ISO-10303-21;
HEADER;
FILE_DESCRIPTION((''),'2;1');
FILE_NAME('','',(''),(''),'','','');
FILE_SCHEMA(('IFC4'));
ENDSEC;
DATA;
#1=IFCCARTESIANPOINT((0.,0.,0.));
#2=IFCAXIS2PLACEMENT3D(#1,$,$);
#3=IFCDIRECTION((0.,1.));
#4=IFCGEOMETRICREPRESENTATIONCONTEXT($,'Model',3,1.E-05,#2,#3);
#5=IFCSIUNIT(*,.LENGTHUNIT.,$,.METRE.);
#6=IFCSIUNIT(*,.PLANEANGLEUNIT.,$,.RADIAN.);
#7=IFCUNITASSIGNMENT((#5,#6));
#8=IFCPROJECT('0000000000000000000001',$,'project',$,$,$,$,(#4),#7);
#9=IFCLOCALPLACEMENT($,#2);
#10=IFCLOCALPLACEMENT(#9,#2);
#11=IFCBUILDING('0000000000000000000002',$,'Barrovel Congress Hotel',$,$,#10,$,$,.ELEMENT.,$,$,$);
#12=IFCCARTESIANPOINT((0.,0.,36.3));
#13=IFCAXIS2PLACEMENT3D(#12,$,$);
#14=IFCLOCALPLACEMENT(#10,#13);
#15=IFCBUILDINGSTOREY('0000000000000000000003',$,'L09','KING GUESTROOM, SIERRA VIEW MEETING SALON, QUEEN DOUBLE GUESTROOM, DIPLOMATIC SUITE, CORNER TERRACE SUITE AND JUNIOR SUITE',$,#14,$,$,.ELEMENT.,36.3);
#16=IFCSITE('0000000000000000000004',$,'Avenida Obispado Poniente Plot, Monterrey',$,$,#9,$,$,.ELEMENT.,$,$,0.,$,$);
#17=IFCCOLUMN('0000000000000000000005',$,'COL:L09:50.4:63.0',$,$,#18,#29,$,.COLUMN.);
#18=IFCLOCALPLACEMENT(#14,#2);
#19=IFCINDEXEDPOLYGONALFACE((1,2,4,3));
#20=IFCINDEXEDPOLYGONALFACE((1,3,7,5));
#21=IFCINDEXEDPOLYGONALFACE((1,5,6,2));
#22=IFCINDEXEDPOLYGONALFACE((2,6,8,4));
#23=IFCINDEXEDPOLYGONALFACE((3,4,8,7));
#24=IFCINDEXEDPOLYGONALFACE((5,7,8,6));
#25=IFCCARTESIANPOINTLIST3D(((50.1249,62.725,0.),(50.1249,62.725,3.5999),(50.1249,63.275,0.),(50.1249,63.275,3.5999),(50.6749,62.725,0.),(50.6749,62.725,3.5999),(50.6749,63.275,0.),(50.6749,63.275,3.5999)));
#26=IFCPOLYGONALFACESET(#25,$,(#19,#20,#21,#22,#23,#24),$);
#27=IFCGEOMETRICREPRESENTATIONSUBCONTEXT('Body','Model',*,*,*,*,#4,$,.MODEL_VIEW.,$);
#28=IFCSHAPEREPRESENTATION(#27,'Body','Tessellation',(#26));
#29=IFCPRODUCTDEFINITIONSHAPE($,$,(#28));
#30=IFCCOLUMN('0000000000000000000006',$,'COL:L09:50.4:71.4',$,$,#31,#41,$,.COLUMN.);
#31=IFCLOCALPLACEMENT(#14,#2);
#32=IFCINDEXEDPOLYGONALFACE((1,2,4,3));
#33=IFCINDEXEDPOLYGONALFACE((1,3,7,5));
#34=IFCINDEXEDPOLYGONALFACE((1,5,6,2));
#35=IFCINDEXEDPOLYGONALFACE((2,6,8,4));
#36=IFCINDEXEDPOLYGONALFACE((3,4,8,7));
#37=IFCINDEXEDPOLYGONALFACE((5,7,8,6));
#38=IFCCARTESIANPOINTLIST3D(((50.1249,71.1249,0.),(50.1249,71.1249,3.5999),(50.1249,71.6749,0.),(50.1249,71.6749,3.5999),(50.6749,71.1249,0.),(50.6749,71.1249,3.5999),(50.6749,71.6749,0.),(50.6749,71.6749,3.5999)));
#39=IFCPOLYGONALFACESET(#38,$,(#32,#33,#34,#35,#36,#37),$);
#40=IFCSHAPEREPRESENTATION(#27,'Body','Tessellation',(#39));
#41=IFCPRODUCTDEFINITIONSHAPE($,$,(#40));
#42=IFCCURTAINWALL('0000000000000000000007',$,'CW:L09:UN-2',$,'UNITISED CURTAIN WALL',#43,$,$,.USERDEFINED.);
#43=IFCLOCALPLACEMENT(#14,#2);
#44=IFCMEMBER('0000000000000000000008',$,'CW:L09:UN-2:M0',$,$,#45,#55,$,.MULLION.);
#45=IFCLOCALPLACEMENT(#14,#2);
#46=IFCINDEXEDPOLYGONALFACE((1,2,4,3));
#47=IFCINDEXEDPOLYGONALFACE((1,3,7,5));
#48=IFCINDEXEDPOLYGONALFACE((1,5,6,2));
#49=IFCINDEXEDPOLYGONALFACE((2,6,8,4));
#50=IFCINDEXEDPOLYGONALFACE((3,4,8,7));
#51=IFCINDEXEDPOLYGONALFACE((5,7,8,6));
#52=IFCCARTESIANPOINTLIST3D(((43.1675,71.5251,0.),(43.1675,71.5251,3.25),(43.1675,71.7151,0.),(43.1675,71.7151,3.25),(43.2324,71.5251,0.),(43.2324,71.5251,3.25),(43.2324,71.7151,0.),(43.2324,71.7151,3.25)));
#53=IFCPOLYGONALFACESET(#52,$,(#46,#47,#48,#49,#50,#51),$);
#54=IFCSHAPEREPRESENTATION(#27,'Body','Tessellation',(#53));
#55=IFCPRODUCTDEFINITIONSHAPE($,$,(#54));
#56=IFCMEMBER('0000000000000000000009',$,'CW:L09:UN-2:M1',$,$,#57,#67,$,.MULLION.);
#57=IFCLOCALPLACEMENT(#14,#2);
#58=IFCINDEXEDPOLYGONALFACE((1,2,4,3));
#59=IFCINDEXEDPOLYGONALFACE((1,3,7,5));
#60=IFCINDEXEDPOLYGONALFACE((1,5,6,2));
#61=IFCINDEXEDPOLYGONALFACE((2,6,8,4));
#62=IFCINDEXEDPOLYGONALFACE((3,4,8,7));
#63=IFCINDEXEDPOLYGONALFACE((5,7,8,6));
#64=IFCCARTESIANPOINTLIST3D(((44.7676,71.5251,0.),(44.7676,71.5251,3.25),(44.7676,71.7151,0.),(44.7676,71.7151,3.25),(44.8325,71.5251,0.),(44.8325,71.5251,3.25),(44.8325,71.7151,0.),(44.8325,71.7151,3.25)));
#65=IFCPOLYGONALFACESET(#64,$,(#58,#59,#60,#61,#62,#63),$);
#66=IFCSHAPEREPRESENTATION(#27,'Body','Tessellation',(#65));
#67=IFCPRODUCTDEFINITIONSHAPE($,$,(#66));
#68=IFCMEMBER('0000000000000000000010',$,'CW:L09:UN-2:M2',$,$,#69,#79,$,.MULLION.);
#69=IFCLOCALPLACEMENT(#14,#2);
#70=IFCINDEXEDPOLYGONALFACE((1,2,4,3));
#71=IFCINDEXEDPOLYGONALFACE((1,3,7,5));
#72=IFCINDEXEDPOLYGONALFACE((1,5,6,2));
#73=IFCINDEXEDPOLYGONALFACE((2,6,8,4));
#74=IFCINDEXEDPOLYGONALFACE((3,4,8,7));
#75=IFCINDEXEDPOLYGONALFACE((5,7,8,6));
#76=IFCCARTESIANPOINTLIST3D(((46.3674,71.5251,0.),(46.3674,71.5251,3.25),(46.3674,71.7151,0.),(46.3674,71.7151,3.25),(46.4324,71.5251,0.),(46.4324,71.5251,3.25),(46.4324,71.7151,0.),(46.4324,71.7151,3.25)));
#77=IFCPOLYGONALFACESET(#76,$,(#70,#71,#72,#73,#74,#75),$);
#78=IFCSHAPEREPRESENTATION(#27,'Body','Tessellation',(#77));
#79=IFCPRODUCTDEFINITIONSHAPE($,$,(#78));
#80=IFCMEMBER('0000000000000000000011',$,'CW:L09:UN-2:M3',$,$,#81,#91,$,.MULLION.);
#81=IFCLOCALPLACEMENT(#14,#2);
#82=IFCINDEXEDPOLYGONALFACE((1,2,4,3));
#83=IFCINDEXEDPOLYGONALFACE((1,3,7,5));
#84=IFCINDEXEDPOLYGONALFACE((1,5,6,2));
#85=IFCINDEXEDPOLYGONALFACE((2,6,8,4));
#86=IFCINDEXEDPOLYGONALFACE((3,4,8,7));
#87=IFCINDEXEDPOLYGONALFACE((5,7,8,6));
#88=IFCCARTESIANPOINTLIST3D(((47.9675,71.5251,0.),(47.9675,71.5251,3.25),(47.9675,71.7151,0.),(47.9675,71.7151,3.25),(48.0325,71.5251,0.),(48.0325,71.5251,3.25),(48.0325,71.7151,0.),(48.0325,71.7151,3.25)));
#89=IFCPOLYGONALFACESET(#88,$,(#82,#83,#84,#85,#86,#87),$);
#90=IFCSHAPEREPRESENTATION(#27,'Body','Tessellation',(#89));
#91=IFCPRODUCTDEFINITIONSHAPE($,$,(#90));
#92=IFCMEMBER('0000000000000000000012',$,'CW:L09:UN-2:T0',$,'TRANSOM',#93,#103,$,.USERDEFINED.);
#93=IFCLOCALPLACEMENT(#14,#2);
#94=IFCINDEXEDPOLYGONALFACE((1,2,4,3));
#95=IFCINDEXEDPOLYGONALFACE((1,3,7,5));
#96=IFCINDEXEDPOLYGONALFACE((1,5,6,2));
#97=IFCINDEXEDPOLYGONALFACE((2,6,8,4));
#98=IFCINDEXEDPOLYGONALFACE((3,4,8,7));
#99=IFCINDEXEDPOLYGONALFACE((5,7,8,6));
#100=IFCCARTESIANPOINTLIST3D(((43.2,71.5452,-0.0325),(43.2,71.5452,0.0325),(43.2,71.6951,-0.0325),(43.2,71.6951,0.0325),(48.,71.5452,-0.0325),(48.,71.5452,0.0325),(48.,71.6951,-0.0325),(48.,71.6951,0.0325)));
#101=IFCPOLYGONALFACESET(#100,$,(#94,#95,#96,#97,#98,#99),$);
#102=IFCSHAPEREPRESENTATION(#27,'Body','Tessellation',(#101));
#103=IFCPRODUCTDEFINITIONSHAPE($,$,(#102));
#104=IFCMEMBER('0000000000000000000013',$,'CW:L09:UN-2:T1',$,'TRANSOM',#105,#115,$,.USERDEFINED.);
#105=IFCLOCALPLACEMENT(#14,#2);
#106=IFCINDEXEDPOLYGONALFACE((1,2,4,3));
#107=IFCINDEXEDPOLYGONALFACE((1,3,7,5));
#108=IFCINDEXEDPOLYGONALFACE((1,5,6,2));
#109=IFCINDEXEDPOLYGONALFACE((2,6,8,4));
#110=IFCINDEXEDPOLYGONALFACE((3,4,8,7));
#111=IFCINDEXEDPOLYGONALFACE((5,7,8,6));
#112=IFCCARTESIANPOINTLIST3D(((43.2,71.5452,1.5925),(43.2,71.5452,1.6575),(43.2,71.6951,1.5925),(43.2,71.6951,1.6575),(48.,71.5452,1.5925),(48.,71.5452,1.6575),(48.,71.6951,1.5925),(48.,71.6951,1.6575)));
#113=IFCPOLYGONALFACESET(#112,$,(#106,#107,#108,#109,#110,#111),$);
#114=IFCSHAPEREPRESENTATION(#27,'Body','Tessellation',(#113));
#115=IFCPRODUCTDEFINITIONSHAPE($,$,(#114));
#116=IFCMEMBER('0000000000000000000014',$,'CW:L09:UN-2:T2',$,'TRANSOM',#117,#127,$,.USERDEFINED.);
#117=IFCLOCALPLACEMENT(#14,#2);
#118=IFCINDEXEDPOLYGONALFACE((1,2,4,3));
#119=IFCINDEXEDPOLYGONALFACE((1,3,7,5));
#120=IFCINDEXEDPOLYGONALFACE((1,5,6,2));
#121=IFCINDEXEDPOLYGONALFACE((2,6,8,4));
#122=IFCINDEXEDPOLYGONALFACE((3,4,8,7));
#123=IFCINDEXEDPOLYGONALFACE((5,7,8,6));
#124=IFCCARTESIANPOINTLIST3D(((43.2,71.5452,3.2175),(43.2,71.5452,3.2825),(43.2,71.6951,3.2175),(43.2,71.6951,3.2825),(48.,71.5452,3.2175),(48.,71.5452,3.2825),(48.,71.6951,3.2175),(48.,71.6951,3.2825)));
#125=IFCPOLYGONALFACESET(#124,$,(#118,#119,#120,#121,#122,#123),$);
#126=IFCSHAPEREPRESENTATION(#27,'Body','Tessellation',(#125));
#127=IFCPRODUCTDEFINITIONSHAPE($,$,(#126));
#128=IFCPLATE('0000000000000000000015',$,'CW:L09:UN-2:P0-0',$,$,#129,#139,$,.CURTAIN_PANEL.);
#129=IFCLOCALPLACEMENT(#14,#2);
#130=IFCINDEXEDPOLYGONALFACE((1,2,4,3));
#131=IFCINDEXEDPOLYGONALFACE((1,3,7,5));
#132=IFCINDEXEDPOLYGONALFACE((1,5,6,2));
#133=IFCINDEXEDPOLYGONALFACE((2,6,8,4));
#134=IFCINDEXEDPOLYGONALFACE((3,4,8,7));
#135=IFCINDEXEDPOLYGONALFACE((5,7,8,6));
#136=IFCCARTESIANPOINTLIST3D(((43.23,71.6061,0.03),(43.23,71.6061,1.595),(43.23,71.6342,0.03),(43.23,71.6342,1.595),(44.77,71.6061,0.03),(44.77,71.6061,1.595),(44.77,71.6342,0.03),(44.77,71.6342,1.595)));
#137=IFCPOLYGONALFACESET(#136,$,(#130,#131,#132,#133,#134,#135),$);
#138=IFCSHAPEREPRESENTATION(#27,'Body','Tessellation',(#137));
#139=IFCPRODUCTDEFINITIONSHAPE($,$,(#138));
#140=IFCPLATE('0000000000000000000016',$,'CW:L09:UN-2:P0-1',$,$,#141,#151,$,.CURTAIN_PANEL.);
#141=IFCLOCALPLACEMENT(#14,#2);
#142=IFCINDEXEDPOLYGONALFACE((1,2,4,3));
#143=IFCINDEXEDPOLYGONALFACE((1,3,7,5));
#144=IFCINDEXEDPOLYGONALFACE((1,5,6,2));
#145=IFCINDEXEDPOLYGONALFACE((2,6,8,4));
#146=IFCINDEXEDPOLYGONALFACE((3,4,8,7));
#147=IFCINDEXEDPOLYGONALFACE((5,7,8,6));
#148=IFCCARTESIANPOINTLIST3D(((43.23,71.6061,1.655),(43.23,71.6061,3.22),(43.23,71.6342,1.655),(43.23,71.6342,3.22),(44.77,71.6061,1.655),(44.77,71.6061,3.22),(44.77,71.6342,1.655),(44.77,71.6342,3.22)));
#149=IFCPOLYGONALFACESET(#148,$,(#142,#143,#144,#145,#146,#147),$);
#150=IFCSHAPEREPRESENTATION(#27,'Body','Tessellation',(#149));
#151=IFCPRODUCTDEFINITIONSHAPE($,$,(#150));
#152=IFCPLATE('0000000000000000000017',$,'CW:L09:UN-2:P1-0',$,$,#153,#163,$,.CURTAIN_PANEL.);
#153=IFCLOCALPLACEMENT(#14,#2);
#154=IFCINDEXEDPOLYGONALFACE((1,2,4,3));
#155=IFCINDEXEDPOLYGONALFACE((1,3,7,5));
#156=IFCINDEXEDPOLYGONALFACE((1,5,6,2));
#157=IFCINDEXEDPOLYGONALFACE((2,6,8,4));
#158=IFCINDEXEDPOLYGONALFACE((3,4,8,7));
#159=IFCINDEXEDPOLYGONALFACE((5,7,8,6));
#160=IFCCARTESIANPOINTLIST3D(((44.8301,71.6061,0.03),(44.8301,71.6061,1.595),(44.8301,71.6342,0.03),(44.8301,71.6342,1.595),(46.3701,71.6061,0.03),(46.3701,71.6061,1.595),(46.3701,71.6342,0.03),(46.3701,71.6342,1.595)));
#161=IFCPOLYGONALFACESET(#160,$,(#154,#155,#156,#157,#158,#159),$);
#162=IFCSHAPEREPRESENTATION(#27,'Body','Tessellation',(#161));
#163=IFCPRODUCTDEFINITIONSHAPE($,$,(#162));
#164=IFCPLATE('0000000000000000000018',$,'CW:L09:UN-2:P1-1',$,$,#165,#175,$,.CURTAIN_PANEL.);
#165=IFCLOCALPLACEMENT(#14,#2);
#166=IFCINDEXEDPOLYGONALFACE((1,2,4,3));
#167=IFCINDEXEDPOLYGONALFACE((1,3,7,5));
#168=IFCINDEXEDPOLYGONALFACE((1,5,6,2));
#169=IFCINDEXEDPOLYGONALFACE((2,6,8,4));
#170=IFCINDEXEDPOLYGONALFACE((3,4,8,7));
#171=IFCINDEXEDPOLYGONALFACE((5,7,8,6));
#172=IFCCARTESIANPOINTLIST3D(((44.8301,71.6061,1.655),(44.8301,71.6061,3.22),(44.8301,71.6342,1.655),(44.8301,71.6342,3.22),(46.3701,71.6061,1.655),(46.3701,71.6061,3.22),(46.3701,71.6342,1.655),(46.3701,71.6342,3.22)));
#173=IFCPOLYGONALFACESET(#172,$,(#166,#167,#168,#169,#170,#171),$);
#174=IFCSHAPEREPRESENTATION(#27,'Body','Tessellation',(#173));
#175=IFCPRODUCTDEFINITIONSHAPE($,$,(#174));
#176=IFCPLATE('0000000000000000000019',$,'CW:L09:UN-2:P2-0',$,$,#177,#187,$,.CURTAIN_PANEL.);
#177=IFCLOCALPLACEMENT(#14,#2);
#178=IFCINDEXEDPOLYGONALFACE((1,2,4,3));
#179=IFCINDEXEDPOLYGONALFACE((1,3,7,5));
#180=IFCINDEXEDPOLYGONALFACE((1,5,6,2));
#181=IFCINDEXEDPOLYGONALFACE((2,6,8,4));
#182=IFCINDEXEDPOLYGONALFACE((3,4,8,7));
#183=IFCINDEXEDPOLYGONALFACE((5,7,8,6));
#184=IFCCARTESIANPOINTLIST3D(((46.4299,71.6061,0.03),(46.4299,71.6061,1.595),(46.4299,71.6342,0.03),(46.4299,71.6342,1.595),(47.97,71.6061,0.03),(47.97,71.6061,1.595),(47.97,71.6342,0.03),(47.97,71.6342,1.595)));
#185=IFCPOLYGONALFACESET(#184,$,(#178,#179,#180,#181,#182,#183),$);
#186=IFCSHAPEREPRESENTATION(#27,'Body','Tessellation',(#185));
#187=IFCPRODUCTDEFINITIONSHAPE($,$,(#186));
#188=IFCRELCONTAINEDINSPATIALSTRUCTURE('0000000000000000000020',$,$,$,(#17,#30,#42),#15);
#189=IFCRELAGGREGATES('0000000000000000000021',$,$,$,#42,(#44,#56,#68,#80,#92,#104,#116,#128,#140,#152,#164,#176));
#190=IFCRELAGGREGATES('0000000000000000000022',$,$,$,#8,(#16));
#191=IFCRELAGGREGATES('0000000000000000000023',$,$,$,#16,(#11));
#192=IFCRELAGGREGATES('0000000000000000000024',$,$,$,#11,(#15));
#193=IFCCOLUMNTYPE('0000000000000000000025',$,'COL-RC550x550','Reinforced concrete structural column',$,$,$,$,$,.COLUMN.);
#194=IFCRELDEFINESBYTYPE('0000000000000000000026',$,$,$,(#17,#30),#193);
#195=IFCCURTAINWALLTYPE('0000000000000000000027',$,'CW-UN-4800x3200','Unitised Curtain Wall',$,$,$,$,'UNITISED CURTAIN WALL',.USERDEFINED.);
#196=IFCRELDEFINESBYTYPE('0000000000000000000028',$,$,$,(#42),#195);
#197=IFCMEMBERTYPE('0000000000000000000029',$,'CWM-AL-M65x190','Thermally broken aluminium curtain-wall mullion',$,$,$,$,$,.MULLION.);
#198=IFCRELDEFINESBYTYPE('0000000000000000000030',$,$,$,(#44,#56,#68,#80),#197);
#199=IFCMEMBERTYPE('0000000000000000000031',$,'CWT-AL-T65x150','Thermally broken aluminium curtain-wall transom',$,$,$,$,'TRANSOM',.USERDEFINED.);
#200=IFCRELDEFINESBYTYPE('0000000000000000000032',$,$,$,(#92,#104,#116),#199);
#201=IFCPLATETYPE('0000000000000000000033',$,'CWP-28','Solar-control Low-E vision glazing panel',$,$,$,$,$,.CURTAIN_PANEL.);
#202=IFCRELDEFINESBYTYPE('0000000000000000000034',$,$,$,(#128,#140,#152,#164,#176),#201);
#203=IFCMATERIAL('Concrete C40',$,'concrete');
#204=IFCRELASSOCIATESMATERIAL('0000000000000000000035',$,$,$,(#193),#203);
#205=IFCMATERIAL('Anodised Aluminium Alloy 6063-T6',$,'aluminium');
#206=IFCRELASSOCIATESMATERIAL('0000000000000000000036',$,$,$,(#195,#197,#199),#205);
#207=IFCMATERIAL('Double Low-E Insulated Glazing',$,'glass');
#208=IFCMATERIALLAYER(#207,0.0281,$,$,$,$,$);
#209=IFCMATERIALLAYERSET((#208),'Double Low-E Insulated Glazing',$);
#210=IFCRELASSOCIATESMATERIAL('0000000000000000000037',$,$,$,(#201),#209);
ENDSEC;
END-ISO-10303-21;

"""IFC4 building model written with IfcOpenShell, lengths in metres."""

from ifc_helpers import new_model, si_unit, direction, frame, origin, origin_2d, place, context, subcontext, project, spatial, rectangle, extrude, material, layer, layer_set, material_profile, profile_set, type_object, element, aggregate, save


model = new_model("IFC4")

# Units and contexts
model_context = context("Model", 3, precision=1e-05, world=origin(), true_north=direction((0.0, 1.0)))
body_context = subcontext(model_context, "Body", "Model", "MODEL_VIEW")
ifc_project = project(units=[si_unit("LENGTHUNIT", "METRE"), si_unit("PLANEANGLEUNIT", "RADIAN")], contexts=[model_context])

# Site, building, storey
site_placement = place(None, origin())
site = spatial("IfcSite", under=ifc_project, at=site_placement, Name="Avenida Obispado Poniente Plot, Monterrey", CompositionType="ELEMENT", RefElevation=0.0)
building_placement = place(site_placement, origin())
building = spatial("IfcBuilding", under=site, at=building_placement, Name="Barrovel Congress Hotel", CompositionType="ELEMENT")
storey_placement = place(building_placement, frame((0.0, 0.0, 36.3)))
storey = spatial("IfcBuildingStorey", under=building, at=storey_placement, Name="L09", Description="KING GUESTROOM, SIERRA VIEW MEETING SALON, QUEEN DOUBLE GUESTROOM, DIPLOMATIC SUITE, CORNER TERRACE SUITE AND JUNIOR SUITE", CompositionType="ELEMENT", Elevation=36.3)

# Columns
ifc_material_1 = material(Name="Concrete C40", Category="concrete")
ifc_material_profile_1 = material_profile(ifc_material_1, rectangle(XDim=0.55, YDim=0.55, at=origin_2d()), Name="RC550x550")
ifc_profile_set_1 = profile_set([ifc_material_profile_1], Name="Concrete C40")
column_type = type_object("IfcColumnType", Name="COL-RC550x550", Description="Reinforced concrete structural column", PredefinedType="COLUMN", material=ifc_profile_set_1)
for number, where, z_axis, x_axis, name in (
    (1, (50.3999, 63.0, 0.0), (0.0, 0.0, 1.0), (1.0, 0.0, 0.0), "COL:L09:50.4:63.0"),
    (2, (50.3999, 71.3999, 0.0), (0.0, 0.0, 1.0), (1.0, 0.0, 0.0), "COL:L09:50.4:71.4"),
):
    element("IfcColumn", number, at=place(storey_placement, frame(where, z_axis=z_axis, x_axis=x_axis)), inside=storey, type_object=column_type, Name=name, PredefinedType="COLUMN", context=body_context, shape_type="SweptSolid", body=[
        extrude(rectangle(XDim=0.55, YDim=0.55, at=origin_2d()), origin(), (0.0, 0.0, 1.0), 3.5999),
    ])

# Curtain wall, members, plates
ifc_material_2 = material(Name="Anodised Aluminium Alloy 6063-T6", Category="aluminium")
curtain_wall_type = type_object("IfcCurtainWallType", Name="CW-UN-4800x3200", Description="Unitised Curtain Wall", ElementType="UNITISED CURTAIN WALL", PredefinedType="USERDEFINED", material=ifc_material_2)
curtain_wall_placement = place(storey_placement, origin())
curtain_wall = element("IfcCurtainWall", 3, at=curtain_wall_placement, inside=storey, type_object=curtain_wall_type, Name="CW:L09:UN-2", ObjectType="UNITISED CURTAIN WALL", PredefinedType="USERDEFINED")
ifc_material_profile_2 = material_profile(ifc_material_2, rectangle(XDim=0.0649, YDim=0.1899, at=origin_2d()), Name="AL-M65x190")
ifc_profile_set_2 = profile_set([ifc_material_profile_2], Name="Anodised Aluminium Alloy 6063-T6")
member_type_1 = type_object("IfcMemberType", Name="CWM-AL-M65x190", Description="Thermally broken aluminium curtain-wall mullion", PredefinedType="MULLION", material=ifc_profile_set_2)
member_1_placement = place(storey_placement, frame((43.2, 71.6201, 0.0), z_axis=(0.0, 0.0, 1.0), x_axis=(1.0, 0.0, 0.0)))
member_1 = element("IfcMember", 4, at=member_1_placement, type_object=member_type_1, Name="CW:L09:UN-2:M0", PredefinedType="MULLION", context=body_context, shape_type="SweptSolid", body=[
    extrude(rectangle(XDim=0.0649, YDim=0.1899, at=origin_2d()), origin(), (0.0, 0.0, 1.0), 3.25),
])
member_2_placement = place(storey_placement, frame((44.8, 71.6201, 0.0), z_axis=(0.0, 0.0, 1.0), x_axis=(1.0, 0.0, 0.0)))
member_2 = element("IfcMember", 5, at=member_2_placement, type_object=member_type_1, Name="CW:L09:UN-2:M1", PredefinedType="MULLION", context=body_context, shape_type="SweptSolid", body=[
    extrude(rectangle(XDim=0.0649, YDim=0.1899, at=origin_2d()), origin(), (0.0, 0.0, 1.0), 3.25),
])
member_3_placement = place(storey_placement, frame((46.3999, 71.6201, 0.0), z_axis=(0.0, 0.0, 1.0), x_axis=(1.0, 0.0, 0.0)))
member_3 = element("IfcMember", 6, at=member_3_placement, type_object=member_type_1, Name="CW:L09:UN-2:M2", PredefinedType="MULLION", context=body_context, shape_type="SweptSolid", body=[
    extrude(rectangle(XDim=0.0649, YDim=0.1899, at=origin_2d()), origin(), (0.0, 0.0, 1.0), 3.25),
])
member_4_placement = place(storey_placement, frame((48.0, 71.6201, 0.0), z_axis=(0.0, 0.0, 1.0), x_axis=(1.0, 0.0, 0.0)))
member_4 = element("IfcMember", 7, at=member_4_placement, type_object=member_type_1, Name="CW:L09:UN-2:M3", PredefinedType="MULLION", context=body_context, shape_type="SweptSolid", body=[
    extrude(rectangle(XDim=0.0649, YDim=0.1899, at=origin_2d()), origin(), (0.0, 0.0, 1.0), 3.25),
])
ifc_material_profile_3 = material_profile(ifc_material_2, rectangle(XDim=0.1499, YDim=0.0649, at=origin_2d()), Name="AL-T65x150")
ifc_profile_set_3 = profile_set([ifc_material_profile_3], Name="Anodised Aluminium Alloy 6063-T6")
member_type_2 = type_object("IfcMemberType", Name="CWT-AL-T65x150", Description="Thermally broken aluminium curtain-wall transom", ElementType="TRANSOM", PredefinedType="USERDEFINED", material=ifc_profile_set_3)
member_5_placement = place(storey_placement, frame((43.2, 71.6201, 0.0), z_axis=(1.0, 0.0, 0.0), x_axis=(0.0, 1.0, 0.0)))
member_5 = element("IfcMember", 8, at=member_5_placement, type_object=member_type_2, Name="CW:L09:UN-2:T0", ObjectType="TRANSOM", PredefinedType="USERDEFINED", context=body_context, shape_type="SweptSolid", body=[
    extrude(rectangle(XDim=0.1499, YDim=0.0649, at=origin_2d()), origin(), (0.0, 0.0, 1.0), 4.8),
])
member_6_placement = place(storey_placement, frame((43.2, 71.6201, 1.625), z_axis=(1.0, 0.0, 0.0), x_axis=(0.0, 1.0, 0.0)))
member_6 = element("IfcMember", 9, at=member_6_placement, type_object=member_type_2, Name="CW:L09:UN-2:T1", ObjectType="TRANSOM", PredefinedType="USERDEFINED", context=body_context, shape_type="SweptSolid", body=[
    extrude(rectangle(XDim=0.1499, YDim=0.0649, at=origin_2d()), origin(), (0.0, 0.0, 1.0), 4.8),
])
member_7_placement = place(storey_placement, frame((43.2, 71.6201, 3.25), z_axis=(1.0, 0.0, 0.0), x_axis=(0.0, 1.0, 0.0)))
member_7 = element("IfcMember", 10, at=member_7_placement, type_object=member_type_2, Name="CW:L09:UN-2:T2", ObjectType="TRANSOM", PredefinedType="USERDEFINED", context=body_context, shape_type="SweptSolid", body=[
    extrude(rectangle(XDim=0.1499, YDim=0.0649, at=origin_2d()), origin(), (0.0, 0.0, 1.0), 4.8),
])
ifc_material_3 = material(Name="Double Low-E Insulated Glazing", Category="glass")
ifc_layer_1 = layer(ifc_material_3, 0.0281)
ifc_layer_set_1 = layer_set([ifc_layer_1], Name="Double Low-E Insulated Glazing")
plate_type = type_object("IfcPlateType", Name="CWP-28", Description="Solar-control Low-E vision glazing panel", PredefinedType="CURTAIN_PANEL", material=ifc_layer_set_1)
plate_1_placement = place(storey_placement, frame((44.0, 71.6201, 0.03), z_axis=(0.0, 0.0, 1.0), x_axis=(1.0, 0.0, 0.0)))
plate_1 = element("IfcPlate", 11, at=plate_1_placement, type_object=plate_type, Name="CW:L09:UN-2:P0-0", PredefinedType="CURTAIN_PANEL", context=body_context, shape_type="SweptSolid", body=[
    extrude(rectangle(XDim=1.54, YDim=0.0281, at=origin_2d()), origin(), (0.0, 0.0, 1.0), 1.5649),
])
plate_2_placement = place(storey_placement, frame((44.0, 71.6201, 1.655), z_axis=(0.0, 0.0, 1.0), x_axis=(1.0, 0.0, 0.0)))
plate_2 = element("IfcPlate", 12, at=plate_2_placement, type_object=plate_type, Name="CW:L09:UN-2:P0-1", PredefinedType="CURTAIN_PANEL", context=body_context, shape_type="SweptSolid", body=[
    extrude(rectangle(XDim=1.54, YDim=0.0281, at=origin_2d()), origin(), (0.0, 0.0, 1.0), 1.5649),
])
plate_3_placement = place(storey_placement, frame((45.6001, 71.6201, 0.03), z_axis=(0.0, 0.0, 1.0), x_axis=(1.0, 0.0, 0.0)))
plate_3 = element("IfcPlate", 13, at=plate_3_placement, type_object=plate_type, Name="CW:L09:UN-2:P1-0", PredefinedType="CURTAIN_PANEL", context=body_context, shape_type="SweptSolid", body=[
    extrude(rectangle(XDim=1.54, YDim=0.0281, at=origin_2d()), origin(), (0.0, 0.0, 1.0), 1.5649),
])
plate_4_placement = place(storey_placement, frame((45.6001, 71.6201, 1.655), z_axis=(0.0, 0.0, 1.0), x_axis=(1.0, 0.0, 0.0)))
plate_4 = element("IfcPlate", 14, at=plate_4_placement, type_object=plate_type, Name="CW:L09:UN-2:P1-1", PredefinedType="CURTAIN_PANEL", context=body_context, shape_type="SweptSolid", body=[
    extrude(rectangle(XDim=1.54, YDim=0.0281, at=origin_2d()), origin(), (0.0, 0.0, 1.0), 1.5649),
])
plate_5_placement = place(storey_placement, frame((47.2, 71.6201, 0.03), z_axis=(0.0, 0.0, 1.0), x_axis=(1.0, 0.0, 0.0)))
plate_5 = element("IfcPlate", 15, at=plate_5_placement, type_object=plate_type, Name="CW:L09:UN-2:P2-0", PredefinedType="CURTAIN_PANEL", context=body_context, shape_type="SweptSolid", body=[
    extrude(rectangle(XDim=1.54, YDim=0.0281, at=origin_2d()), origin(), (0.0, 0.0, 1.0), 1.5649),
])
aggregate(curtain_wall, [member_1, member_2, member_3, member_4, member_5, member_6, member_7, plate_1, plate_2, plate_3, plate_4, plate_5])

save(model, "model.ifc")
